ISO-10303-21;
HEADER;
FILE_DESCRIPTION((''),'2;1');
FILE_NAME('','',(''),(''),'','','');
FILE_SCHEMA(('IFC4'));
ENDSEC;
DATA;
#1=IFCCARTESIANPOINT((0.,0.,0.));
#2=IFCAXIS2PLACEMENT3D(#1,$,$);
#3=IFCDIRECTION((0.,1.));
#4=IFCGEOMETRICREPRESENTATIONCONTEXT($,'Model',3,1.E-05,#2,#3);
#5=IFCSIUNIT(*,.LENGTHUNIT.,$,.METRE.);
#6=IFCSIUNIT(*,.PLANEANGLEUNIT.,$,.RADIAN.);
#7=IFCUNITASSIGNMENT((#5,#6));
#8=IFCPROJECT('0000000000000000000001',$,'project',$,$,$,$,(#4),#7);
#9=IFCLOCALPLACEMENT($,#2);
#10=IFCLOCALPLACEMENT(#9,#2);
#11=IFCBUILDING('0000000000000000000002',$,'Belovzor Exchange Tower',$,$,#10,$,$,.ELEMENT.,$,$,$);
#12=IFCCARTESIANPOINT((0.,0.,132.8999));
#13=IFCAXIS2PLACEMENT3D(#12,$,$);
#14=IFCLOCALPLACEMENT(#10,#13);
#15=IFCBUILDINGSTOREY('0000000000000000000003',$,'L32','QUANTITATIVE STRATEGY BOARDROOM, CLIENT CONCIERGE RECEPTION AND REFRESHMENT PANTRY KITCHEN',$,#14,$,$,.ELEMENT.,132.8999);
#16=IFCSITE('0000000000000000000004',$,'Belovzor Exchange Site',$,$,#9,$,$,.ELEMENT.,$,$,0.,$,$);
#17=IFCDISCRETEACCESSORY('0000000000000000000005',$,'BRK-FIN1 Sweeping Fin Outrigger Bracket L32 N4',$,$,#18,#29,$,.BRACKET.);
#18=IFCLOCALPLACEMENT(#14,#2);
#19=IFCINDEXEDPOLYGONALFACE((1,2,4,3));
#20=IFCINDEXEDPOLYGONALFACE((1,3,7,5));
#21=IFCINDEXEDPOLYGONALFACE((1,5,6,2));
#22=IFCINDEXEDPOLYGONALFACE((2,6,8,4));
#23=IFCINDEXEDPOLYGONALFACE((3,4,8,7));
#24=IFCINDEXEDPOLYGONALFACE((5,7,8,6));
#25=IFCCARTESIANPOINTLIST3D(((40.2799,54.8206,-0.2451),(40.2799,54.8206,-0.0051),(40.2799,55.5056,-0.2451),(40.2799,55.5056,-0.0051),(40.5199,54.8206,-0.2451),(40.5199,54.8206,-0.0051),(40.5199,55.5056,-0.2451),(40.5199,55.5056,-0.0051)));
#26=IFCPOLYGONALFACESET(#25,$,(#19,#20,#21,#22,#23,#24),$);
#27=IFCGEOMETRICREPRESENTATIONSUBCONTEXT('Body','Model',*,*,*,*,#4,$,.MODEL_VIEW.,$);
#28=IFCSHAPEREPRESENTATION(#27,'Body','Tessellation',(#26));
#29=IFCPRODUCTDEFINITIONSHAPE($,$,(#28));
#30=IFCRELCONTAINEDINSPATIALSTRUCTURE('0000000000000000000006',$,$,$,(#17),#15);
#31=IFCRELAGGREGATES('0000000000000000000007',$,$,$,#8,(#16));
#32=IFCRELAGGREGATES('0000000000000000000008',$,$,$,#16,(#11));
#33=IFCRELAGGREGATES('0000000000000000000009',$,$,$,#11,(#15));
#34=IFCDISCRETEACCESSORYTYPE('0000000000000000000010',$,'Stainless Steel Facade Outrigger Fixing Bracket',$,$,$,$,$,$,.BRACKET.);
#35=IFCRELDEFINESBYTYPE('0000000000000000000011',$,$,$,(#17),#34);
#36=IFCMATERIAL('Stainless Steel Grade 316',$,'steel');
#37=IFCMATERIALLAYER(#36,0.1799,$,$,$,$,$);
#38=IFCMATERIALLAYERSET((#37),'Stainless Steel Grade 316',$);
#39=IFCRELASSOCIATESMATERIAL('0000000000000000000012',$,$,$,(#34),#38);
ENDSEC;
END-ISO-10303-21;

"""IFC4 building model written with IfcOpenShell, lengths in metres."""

from ifc_helpers import new_model, si_unit, direction, frame, origin, origin_2d, place, context, subcontext, project, spatial, rectangle, extrude, material, layer, layer_set, type_object, element, save


model = new_model("IFC4")

# Units and contexts
model_context = context("Model", 3, precision=1e-05, world=origin(), true_north=direction((0.0, 1.0)))
body_context = subcontext(model_context, "Body", "Model", "MODEL_VIEW")
ifc_project = project(units=[si_unit("LENGTHUNIT", "METRE"), si_unit("PLANEANGLEUNIT", "RADIAN")], contexts=[model_context])

# Site, building, storey
site_placement = place(None, origin())
site = spatial("IfcSite", under=ifc_project, at=site_placement, Name="Belovzor Exchange Site", CompositionType="ELEMENT", RefElevation=0.0)
building_placement = place(site_placement, origin())
building = spatial("IfcBuilding", under=site, at=building_placement, Name="Belovzor Exchange Tower", CompositionType="ELEMENT")
storey_placement = place(building_placement, frame((0.0, 0.0, 132.8999)))
storey = spatial("IfcBuildingStorey", under=building, at=storey_placement, Name="L32", Description="QUANTITATIVE STRATEGY BOARDROOM, CLIENT CONCIERGE RECEPTION AND REFRESHMENT PANTRY KITCHEN", CompositionType="ELEMENT", Elevation=132.8999)

# Discrete accessory
ifc_material_1 = material(Name="Stainless Steel Grade 316", Category="steel")
ifc_layer_1 = layer(ifc_material_1, 0.1799)
ifc_layer_set_1 = layer_set([ifc_layer_1], Name="Stainless Steel Grade 316")
discrete_accessory_type = type_object("IfcDiscreteAccessoryType", Name="Stainless Steel Facade Outrigger Fixing Bracket", PredefinedType="BRACKET", material=ifc_layer_set_1)
discrete_accessory_placement = place(storey_placement, frame((40.3999, 55.1631, -0.2451), z_axis=(0.0, 0.0, 1.0), x_axis=(0.0, 1.0, 0.0)))
element("IfcDiscreteAccessory", 1, at=discrete_accessory_placement, inside=storey, type_object=discrete_accessory_type, Name="BRK-FIN1 Sweeping Fin Outrigger Bracket L32 N4", PredefinedType="BRACKET", context=body_context, shape_type="SweptSolid", body=[
    extrude(rectangle(XDim=0.6851, YDim=0.24, at=origin_2d()), origin(), (0.0, 0.0, 1.0), 0.24),
])

save(model, "model.ifc")
